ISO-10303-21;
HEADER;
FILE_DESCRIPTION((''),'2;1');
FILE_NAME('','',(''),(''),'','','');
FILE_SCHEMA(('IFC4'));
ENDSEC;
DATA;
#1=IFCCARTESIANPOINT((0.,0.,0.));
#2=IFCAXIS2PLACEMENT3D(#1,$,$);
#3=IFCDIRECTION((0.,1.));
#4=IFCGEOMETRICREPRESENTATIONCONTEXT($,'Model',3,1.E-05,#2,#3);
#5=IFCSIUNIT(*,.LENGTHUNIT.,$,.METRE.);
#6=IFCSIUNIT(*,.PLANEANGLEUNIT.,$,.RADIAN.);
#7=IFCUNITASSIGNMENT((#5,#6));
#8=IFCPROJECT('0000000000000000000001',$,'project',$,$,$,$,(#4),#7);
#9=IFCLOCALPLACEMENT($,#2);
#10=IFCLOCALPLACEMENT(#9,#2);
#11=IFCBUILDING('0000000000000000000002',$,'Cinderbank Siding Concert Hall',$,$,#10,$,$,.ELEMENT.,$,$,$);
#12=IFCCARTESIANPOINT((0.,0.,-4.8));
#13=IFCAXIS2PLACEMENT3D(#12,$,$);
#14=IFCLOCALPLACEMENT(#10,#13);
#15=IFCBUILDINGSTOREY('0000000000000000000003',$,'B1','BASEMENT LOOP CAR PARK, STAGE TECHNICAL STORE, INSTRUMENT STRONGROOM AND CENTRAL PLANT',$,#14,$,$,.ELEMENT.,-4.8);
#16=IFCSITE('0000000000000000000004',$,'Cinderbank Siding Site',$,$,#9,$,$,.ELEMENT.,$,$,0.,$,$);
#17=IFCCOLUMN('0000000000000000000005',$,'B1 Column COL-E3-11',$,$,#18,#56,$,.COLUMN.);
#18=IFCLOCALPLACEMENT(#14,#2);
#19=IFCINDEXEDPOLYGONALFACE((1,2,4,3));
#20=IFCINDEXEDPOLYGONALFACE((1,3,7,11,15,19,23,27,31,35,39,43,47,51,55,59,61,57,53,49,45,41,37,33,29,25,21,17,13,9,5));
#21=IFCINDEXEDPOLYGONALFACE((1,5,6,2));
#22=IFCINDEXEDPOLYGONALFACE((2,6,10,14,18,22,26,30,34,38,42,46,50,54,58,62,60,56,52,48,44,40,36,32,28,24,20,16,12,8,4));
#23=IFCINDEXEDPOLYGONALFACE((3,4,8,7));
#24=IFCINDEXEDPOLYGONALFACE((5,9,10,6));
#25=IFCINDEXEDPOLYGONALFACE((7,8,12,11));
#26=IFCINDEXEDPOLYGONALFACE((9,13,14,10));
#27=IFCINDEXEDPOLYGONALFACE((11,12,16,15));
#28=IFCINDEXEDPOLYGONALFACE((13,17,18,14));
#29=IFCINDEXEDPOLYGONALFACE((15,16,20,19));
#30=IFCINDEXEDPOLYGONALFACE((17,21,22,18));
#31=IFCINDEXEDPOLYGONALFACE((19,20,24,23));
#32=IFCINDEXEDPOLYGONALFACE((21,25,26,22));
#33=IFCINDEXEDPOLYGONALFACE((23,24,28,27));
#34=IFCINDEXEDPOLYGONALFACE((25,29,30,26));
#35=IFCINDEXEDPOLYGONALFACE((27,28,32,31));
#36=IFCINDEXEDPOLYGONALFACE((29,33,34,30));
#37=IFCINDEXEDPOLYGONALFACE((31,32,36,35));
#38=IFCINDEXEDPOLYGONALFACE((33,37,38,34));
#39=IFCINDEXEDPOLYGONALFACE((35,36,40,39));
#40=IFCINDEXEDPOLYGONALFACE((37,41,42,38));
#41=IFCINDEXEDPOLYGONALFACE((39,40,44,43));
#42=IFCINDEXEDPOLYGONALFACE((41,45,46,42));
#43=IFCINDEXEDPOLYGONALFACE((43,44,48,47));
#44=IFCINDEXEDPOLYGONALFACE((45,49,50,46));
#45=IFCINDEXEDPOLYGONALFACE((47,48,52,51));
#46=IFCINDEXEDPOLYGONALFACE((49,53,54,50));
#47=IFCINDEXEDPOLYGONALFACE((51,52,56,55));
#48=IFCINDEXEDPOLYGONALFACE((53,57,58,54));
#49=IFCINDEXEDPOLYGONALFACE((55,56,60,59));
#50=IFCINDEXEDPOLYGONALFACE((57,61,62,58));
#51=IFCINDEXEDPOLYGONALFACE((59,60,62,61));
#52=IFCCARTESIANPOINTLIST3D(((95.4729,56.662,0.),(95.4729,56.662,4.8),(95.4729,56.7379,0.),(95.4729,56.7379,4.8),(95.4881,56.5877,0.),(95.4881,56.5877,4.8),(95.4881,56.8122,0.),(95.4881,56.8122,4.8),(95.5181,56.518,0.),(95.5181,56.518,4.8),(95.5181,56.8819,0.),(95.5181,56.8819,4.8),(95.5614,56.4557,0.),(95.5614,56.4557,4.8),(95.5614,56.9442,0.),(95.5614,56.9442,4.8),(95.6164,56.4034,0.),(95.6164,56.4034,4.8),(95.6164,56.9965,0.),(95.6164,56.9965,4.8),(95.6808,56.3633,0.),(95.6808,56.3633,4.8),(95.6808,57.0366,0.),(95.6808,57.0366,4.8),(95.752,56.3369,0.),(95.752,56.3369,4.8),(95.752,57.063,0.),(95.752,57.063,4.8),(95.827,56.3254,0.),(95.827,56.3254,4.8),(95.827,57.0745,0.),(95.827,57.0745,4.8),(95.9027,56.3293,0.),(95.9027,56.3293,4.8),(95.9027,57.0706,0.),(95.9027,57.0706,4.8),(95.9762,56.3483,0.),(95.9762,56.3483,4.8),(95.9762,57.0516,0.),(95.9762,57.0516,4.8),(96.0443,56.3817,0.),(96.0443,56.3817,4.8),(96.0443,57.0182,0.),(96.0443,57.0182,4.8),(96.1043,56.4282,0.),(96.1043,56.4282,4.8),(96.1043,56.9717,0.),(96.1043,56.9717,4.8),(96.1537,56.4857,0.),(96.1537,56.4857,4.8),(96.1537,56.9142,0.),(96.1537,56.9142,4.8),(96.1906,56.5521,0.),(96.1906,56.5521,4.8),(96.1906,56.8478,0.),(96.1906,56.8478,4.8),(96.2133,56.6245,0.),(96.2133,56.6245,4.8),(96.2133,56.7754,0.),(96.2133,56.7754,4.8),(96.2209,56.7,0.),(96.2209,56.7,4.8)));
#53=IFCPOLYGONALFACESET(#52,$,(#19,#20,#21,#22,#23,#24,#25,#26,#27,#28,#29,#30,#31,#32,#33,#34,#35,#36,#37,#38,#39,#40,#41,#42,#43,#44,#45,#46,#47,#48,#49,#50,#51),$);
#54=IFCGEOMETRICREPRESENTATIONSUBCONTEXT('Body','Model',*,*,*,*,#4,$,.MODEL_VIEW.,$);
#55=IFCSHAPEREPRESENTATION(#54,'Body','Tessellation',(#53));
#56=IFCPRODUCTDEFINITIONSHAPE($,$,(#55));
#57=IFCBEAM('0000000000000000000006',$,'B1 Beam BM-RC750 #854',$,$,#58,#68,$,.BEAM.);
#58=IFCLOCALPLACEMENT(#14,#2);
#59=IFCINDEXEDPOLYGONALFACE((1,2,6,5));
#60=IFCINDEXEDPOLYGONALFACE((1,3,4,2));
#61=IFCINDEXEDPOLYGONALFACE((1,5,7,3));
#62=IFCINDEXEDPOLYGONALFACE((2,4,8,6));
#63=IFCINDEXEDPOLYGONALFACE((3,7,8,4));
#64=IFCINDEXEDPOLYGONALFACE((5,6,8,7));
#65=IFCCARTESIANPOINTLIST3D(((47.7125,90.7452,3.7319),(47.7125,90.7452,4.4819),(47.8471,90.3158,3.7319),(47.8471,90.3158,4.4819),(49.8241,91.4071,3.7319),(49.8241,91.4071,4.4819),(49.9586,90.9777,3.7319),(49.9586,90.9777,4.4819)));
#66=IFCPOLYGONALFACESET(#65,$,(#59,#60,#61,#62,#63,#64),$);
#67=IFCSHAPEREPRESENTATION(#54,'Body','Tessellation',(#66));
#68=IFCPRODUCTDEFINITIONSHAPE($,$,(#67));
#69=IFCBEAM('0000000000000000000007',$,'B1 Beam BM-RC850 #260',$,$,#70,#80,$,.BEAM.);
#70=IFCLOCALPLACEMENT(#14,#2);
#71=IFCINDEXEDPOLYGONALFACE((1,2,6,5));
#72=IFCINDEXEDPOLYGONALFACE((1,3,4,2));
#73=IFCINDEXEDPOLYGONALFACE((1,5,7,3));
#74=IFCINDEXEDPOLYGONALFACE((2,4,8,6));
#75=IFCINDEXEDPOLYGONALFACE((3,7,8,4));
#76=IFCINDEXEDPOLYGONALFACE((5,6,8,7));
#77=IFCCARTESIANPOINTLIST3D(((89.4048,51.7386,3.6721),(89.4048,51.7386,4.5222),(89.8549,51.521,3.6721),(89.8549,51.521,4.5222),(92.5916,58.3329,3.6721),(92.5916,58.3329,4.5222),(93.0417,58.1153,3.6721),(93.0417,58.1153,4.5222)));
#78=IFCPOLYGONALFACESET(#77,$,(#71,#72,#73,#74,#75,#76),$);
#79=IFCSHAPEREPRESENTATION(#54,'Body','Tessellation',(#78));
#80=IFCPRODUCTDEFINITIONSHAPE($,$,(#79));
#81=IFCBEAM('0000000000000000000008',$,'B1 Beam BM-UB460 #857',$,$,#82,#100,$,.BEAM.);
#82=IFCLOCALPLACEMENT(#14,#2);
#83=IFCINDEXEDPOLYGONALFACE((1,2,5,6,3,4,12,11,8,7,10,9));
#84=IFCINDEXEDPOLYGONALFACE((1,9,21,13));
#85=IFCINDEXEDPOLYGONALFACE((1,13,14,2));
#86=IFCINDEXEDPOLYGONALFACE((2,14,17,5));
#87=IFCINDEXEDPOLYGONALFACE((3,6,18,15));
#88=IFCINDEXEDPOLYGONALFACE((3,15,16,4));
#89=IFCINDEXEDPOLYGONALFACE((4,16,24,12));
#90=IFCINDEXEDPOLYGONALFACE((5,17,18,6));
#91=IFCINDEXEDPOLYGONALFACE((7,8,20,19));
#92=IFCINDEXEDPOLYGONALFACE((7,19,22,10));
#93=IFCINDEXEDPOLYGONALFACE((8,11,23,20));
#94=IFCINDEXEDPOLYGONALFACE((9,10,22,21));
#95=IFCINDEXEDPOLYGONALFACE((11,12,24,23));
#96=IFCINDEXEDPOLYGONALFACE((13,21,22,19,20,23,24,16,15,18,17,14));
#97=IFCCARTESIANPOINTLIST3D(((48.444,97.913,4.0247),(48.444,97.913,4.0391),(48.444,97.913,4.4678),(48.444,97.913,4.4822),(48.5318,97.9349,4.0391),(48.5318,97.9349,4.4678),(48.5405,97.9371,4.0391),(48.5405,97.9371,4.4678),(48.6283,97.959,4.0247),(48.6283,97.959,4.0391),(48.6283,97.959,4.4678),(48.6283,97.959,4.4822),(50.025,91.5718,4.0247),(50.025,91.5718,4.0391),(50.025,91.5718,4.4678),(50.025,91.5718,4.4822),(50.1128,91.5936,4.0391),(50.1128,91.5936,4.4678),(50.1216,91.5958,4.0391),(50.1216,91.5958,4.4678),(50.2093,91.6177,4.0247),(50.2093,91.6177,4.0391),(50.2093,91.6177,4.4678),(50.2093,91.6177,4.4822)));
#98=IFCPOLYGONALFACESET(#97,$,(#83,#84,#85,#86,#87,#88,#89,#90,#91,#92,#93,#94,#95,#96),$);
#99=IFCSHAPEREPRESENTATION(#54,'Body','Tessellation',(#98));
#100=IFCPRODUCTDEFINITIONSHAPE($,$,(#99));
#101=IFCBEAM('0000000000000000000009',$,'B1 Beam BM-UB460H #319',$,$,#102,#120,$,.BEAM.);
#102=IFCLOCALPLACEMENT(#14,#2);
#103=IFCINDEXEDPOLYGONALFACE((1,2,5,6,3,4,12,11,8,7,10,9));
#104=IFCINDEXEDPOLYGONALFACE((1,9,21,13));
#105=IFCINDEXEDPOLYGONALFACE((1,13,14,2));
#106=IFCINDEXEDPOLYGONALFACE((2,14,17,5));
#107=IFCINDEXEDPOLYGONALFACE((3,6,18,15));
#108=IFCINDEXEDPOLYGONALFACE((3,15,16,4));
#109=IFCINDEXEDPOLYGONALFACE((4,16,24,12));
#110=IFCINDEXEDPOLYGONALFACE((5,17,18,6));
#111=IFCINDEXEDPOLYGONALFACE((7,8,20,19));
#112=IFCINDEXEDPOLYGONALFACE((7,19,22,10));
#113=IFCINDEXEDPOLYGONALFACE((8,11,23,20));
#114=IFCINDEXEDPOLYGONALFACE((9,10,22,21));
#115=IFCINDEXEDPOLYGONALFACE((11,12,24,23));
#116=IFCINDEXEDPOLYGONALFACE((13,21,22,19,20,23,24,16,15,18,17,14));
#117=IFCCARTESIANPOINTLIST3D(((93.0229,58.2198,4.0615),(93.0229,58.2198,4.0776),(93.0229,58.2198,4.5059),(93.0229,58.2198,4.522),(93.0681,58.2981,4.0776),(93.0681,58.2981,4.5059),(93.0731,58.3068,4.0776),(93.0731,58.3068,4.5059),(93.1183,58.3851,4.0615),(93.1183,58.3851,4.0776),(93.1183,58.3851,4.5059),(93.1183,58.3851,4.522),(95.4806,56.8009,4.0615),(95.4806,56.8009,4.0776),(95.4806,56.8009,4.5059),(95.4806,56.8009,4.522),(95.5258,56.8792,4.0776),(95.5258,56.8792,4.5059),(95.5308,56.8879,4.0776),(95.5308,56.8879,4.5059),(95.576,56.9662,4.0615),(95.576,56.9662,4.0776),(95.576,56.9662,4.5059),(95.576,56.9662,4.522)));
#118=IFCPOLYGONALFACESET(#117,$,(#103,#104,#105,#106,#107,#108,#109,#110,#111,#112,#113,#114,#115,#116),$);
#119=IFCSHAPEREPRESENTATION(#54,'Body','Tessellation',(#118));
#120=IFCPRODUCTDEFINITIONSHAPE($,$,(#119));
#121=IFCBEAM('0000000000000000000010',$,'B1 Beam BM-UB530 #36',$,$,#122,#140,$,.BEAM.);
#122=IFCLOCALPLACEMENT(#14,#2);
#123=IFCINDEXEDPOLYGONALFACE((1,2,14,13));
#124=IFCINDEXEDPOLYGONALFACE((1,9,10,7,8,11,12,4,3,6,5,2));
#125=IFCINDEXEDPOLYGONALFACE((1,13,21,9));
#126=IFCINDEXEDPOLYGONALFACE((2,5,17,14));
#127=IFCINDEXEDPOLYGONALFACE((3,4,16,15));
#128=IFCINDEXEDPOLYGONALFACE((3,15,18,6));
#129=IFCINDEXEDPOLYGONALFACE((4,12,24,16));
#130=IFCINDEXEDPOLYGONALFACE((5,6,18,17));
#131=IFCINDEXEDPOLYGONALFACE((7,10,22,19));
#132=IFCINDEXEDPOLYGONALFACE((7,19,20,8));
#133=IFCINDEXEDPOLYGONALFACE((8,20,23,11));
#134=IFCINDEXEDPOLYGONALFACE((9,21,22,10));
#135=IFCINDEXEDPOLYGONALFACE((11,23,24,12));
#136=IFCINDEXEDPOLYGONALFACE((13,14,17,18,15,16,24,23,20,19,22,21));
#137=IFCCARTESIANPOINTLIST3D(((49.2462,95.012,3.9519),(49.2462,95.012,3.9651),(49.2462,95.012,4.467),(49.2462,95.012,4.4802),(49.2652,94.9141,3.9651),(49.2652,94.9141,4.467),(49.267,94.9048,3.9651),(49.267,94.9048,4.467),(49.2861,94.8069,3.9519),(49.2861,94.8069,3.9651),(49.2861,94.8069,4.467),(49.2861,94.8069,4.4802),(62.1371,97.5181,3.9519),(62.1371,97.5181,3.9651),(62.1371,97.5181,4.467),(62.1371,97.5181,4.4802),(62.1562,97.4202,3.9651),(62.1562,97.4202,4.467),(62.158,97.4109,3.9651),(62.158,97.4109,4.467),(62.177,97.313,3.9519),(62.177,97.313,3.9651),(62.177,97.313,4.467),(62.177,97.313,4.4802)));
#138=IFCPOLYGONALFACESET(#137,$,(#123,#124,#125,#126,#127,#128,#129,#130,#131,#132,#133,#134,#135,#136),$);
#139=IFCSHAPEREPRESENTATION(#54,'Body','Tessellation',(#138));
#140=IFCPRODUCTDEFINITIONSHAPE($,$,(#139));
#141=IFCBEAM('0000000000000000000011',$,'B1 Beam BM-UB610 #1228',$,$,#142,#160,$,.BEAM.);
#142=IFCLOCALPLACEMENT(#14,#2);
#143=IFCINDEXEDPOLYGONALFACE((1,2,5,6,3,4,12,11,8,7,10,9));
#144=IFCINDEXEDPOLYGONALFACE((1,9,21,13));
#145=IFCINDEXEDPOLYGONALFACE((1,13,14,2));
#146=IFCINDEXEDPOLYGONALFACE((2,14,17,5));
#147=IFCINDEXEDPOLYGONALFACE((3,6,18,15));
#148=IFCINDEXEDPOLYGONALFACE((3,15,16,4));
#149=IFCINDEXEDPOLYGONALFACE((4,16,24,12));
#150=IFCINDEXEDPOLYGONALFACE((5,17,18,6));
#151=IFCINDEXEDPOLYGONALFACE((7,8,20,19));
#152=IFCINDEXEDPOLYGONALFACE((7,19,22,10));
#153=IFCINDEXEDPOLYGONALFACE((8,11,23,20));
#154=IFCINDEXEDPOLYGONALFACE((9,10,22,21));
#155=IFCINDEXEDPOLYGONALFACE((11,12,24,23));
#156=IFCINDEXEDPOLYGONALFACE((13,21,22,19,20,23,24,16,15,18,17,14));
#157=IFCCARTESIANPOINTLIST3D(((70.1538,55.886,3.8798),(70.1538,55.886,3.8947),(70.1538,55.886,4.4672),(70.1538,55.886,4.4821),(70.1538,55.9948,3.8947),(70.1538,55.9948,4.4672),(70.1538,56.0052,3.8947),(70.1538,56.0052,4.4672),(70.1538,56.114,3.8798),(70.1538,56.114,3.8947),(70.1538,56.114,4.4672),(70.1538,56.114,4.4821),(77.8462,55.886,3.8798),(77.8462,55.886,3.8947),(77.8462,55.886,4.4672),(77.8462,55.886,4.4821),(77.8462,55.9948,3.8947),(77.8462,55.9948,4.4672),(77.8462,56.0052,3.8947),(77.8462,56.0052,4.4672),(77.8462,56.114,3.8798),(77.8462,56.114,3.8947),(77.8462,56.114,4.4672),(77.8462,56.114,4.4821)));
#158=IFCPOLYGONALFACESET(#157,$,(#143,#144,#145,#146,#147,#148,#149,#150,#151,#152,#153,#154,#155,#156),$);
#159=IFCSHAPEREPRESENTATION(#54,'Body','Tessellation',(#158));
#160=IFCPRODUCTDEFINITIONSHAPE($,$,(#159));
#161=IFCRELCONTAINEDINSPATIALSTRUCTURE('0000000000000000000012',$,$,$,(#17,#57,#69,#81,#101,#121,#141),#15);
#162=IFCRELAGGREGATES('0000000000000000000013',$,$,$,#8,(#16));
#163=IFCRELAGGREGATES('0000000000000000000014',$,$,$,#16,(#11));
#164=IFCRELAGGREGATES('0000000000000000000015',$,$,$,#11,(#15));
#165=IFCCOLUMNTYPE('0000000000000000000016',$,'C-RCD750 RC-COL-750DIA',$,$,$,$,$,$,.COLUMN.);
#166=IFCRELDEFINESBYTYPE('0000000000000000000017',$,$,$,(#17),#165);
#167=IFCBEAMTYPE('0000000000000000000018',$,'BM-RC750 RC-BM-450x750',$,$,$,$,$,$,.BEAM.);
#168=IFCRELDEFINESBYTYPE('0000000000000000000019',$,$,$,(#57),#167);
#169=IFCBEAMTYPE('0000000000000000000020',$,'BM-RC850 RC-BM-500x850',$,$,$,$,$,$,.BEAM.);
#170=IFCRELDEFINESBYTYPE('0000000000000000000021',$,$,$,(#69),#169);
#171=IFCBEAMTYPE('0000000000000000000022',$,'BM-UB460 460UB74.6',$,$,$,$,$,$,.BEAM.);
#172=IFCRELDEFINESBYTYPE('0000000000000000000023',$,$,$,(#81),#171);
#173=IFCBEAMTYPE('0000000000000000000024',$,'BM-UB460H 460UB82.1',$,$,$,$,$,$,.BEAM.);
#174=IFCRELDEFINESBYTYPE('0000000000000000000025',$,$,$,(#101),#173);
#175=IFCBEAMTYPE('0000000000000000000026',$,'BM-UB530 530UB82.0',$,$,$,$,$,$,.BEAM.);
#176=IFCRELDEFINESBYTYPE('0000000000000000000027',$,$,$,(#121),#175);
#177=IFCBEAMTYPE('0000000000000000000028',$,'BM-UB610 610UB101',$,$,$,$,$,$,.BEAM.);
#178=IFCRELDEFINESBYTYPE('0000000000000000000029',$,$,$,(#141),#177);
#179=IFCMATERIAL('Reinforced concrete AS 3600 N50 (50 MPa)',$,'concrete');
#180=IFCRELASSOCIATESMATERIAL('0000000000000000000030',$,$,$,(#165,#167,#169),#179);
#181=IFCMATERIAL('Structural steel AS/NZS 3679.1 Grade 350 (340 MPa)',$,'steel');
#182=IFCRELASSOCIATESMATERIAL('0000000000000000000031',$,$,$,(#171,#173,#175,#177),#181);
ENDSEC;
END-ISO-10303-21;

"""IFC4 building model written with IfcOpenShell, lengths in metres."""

from ifc_helpers import new_model, si_unit, direction, frame, origin, origin_2d, place, context, subcontext, project, spatial, rectangle, circle, i_section, extrude, material, material_profile, profile_set, type_object, element, save


model = new_model("IFC4")

# Units and contexts
model_context = context("Model", 3, precision=1e-05, world=origin(), true_north=direction((0.0, 1.0)))
body_context = subcontext(model_context, "Body", "Model", "MODEL_VIEW")
ifc_project = project(units=[si_unit("LENGTHUNIT", "METRE"), si_unit("PLANEANGLEUNIT", "RADIAN")], contexts=[model_context])

# Site, building, storey
site_placement = place(None, origin())
site = spatial("IfcSite", under=ifc_project, at=site_placement, Name="Cinderbank Siding Site", CompositionType="ELEMENT", RefElevation=0.0)
building_placement = place(site_placement, origin())
building = spatial("IfcBuilding", under=site, at=building_placement, Name="Cinderbank Siding Concert Hall", CompositionType="ELEMENT")
storey_placement = place(building_placement, frame((0.0, 0.0, -4.8)))
storey = spatial("IfcBuildingStorey", under=building, at=storey_placement, Name="B1", Description="BASEMENT LOOP CAR PARK, STAGE TECHNICAL STORE, INSTRUMENT STRONGROOM AND CENTRAL PLANT", CompositionType="ELEMENT", Elevation=-4.8)

# Column
ifc_material_1 = material(Name="Reinforced concrete AS 3600 N50 (50 MPa)", Category="concrete")
ifc_material_profile_1 = material_profile(ifc_material_1, circle(Radius=0.375, at=origin_2d()), Name="RC-COL-750DIA", Category="LoadBearing")
ifc_profile_set_1 = profile_set([ifc_material_profile_1], Name="Reinforced concrete AS 3600 N50 (50 MPa)")
column_type_1 = type_object("IfcColumnType", Name="C-RCD750 RC-COL-750DIA", PredefinedType="COLUMN", material=ifc_profile_set_1)
column_1_placement = place(storey_placement, frame((95.8459, 56.7, 0.0), z_axis=(0.0, 0.0, 1.0), x_axis=(1.0, 0.0, 0.0)))
element("IfcColumn", 1, at=column_1_placement, inside=storey, type_object=column_type_1, Name="B1 Column COL-E3-11", PredefinedType="COLUMN", context=body_context, shape_type="SweptSolid", body=[
    extrude(circle(Radius=0.375, at=origin_2d()), origin(), (0.0, 0.0, 1.0), 4.8),
])

# Beams
ifc_material_profile_2 = material_profile(ifc_material_1, rectangle(XDim=0.45, YDim=0.75, at=origin_2d()), Name="RC-BM-450x750", Category="LoadBearing")
ifc_profile_set_2 = profile_set([ifc_material_profile_2], Name="Reinforced concrete AS 3600 N50 (50 MPa)")
beam_type_1 = type_object("IfcBeamType", Name="BM-RC750 RC-BM-450x750", PredefinedType="BEAM", material=ifc_profile_set_2)
beam_1_placement = place(storey_placement, frame((49.8914, 91.1924, 4.1069), z_axis=(-0.954222, -0.299098, 0.0), x_axis=(0.299098, -0.954222, 0.0)))
element("IfcBeam", 2, at=beam_1_placement, inside=storey, type_object=beam_type_1, Name="B1 Beam BM-RC750 #854", PredefinedType="BEAM", context=body_context, shape_type="SweptSolid", body=[
    extrude(rectangle(XDim=0.45, YDim=0.75, at=origin_2d()), origin(), (0.0, 0.0, 1.0), 2.2129),
])
ifc_material_profile_3 = material_profile(ifc_material_1, rectangle(XDim=0.5, YDim=0.8501, at=origin_2d()), Name="RC-BM-500x850", Category="LoadBearing")
ifc_profile_set_3 = profile_set([ifc_material_profile_3], Name="Reinforced concrete AS 3600 N50 (50 MPa)")
beam_type_2 = type_object("IfcBeamType", Name="BM-RC850 RC-BM-500x850", PredefinedType="BEAM", material=ifc_profile_set_3)
beam_2_placement = place(storey_placement, frame((92.8167, 58.2241, 4.0972), z_axis=(-0.435119, -0.900373, 0.0), x_axis=(0.900373, -0.435119, 0.0)))
element("IfcBeam", 3, at=beam_2_placement, inside=storey, type_object=beam_type_2, Name="B1 Beam BM-RC850 #260", PredefinedType="BEAM", context=body_context, shape_type="SweptSolid", body=[
    extrude(rectangle(XDim=0.5, YDim=0.8501, at=origin_2d()), origin(), (0.0, 0.0, 1.0), 7.324),
])
ifc_material_2 = material(Name="Structural steel AS/NZS 3679.1 Grade 350 (340 MPa)", Category="steel")
ifc_material_profile_4 = material_profile(ifc_material_2, i_section(OverallWidth=0.1899, OverallDepth=0.4575, WebThickness=0.009, FlangeThickness=0.0144, at=origin_2d()), Name="460UB74.6", Category="LoadBearing")
ifc_profile_set_4 = profile_set([ifc_material_profile_4], Name="Structural steel AS/NZS 3679.1 Grade 350 (340 MPa)")
beam_type_3 = type_object("IfcBeamType", Name="BM-UB460 460UB74.6", PredefinedType="BEAM", material=ifc_profile_set_4)
beam_3_placement = place(storey_placement, frame((50.1172, 91.5947, 4.2534), z_axis=(-0.24192, 0.970296, 0.0), x_axis=(-0.970296, -0.24192, 0.0)))
element("IfcBeam", 4, at=beam_3_placement, inside=storey, type_object=beam_type_3, Name="B1 Beam BM-UB460 #857", PredefinedType="BEAM", context=body_context, shape_type="SweptSolid", body=[
    extrude(i_section(OverallWidth=0.1899, OverallDepth=0.4575, WebThickness=0.009, FlangeThickness=0.0144, at=origin_2d()), origin(), (0.0, 0.0, 1.0), 6.5354),
])
ifc_material_profile_5 = material_profile(ifc_material_2, i_section(OverallWidth=0.1909, OverallDepth=0.4604, WebThickness=0.01, FlangeThickness=0.0161, at=origin_2d()), Name="460UB82.1", Category="LoadBearing")
ifc_profile_set_5 = profile_set([ifc_material_profile_5], Name="Structural steel AS/NZS 3679.1 Grade 350 (340 MPa)")
beam_type_4 = type_object("IfcBeamType", Name="BM-UB460H 460UB82.1", PredefinedType="BEAM", material=ifc_profile_set_5)
beam_4_placement = place(storey_placement, frame((95.5283, 56.8835, 4.2917), z_axis=(-0.866032, 0.499988, 0.0), x_axis=(-0.499988, -0.866032, 0.0)))
element("IfcBeam", 5, at=beam_4_placement, inside=storey, type_object=beam_type_4, Name="B1 Beam BM-UB460H #319", PredefinedType="BEAM", context=body_context, shape_type="SweptSolid", body=[
    extrude(i_section(OverallWidth=0.1909, OverallDepth=0.4604, WebThickness=0.01, FlangeThickness=0.0161, at=origin_2d()), origin(), (0.0, 0.0, 1.0), 2.8379),
])
ifc_material_profile_6 = material_profile(ifc_material_2, i_section(OverallWidth=0.209, OverallDepth=0.5283, WebThickness=0.0095, FlangeThickness=0.0132, at=origin_2d()), Name="530UB82.0", Category="LoadBearing")
ifc_profile_set_6 = profile_set([ifc_material_profile_6], Name="Structural steel AS/NZS 3679.1 Grade 350 (340 MPa)")
beam_type_5 = type_object("IfcBeamType", Name="BM-UB530 530UB82.0", PredefinedType="BEAM", material=ifc_profile_set_6)
beam_5_placement = place(storey_placement, frame((49.2661, 94.9094, 4.2161), z_axis=(0.981622, 0.190836, 0.0), x_axis=(-0.190836, 0.981622, 0.0)))
element("IfcBeam", 6, at=beam_5_placement, inside=storey, type_object=beam_type_5, Name="B1 Beam BM-UB530 #36", PredefinedType="BEAM", context=body_context, shape_type="SweptSolid", body=[
    extrude(i_section(OverallWidth=0.209, OverallDepth=0.5283, WebThickness=0.0095, FlangeThickness=0.0132, at=origin_2d()), origin(), (0.0, 0.0, 1.0), 13.1323),
])
ifc_material_profile_7 = material_profile(ifc_material_2, i_section(OverallWidth=0.228, OverallDepth=0.6023, WebThickness=0.0105, FlangeThickness=0.0149, at=origin_2d()), Name="610UB101", Category="LoadBearing")
ifc_profile_set_7 = profile_set([ifc_material_profile_7], Name="Structural steel AS/NZS 3679.1 Grade 350 (340 MPa)")
beam_type_6 = type_object("IfcBeamType", Name="BM-UB610 610UB101", PredefinedType="BEAM", material=ifc_profile_set_7)
beam_6_placement = place(storey_placement, frame((70.1538, 56.0, 4.1809), z_axis=(1.0, 0.0, 0.0), x_axis=(0.0, 1.0, 0.0)))
element("IfcBeam", 7, at=beam_6_placement, inside=storey, type_object=beam_type_6, Name="B1 Beam BM-UB610 #1228", PredefinedType="BEAM", context=body_context, shape_type="SweptSolid", body=[
    extrude(i_section(OverallWidth=0.228, OverallDepth=0.6023, WebThickness=0.0105, FlangeThickness=0.0149, at=origin_2d()), origin(), (0.0, 0.0, 1.0), 7.6924),
])

save(model, "model.ifc")
